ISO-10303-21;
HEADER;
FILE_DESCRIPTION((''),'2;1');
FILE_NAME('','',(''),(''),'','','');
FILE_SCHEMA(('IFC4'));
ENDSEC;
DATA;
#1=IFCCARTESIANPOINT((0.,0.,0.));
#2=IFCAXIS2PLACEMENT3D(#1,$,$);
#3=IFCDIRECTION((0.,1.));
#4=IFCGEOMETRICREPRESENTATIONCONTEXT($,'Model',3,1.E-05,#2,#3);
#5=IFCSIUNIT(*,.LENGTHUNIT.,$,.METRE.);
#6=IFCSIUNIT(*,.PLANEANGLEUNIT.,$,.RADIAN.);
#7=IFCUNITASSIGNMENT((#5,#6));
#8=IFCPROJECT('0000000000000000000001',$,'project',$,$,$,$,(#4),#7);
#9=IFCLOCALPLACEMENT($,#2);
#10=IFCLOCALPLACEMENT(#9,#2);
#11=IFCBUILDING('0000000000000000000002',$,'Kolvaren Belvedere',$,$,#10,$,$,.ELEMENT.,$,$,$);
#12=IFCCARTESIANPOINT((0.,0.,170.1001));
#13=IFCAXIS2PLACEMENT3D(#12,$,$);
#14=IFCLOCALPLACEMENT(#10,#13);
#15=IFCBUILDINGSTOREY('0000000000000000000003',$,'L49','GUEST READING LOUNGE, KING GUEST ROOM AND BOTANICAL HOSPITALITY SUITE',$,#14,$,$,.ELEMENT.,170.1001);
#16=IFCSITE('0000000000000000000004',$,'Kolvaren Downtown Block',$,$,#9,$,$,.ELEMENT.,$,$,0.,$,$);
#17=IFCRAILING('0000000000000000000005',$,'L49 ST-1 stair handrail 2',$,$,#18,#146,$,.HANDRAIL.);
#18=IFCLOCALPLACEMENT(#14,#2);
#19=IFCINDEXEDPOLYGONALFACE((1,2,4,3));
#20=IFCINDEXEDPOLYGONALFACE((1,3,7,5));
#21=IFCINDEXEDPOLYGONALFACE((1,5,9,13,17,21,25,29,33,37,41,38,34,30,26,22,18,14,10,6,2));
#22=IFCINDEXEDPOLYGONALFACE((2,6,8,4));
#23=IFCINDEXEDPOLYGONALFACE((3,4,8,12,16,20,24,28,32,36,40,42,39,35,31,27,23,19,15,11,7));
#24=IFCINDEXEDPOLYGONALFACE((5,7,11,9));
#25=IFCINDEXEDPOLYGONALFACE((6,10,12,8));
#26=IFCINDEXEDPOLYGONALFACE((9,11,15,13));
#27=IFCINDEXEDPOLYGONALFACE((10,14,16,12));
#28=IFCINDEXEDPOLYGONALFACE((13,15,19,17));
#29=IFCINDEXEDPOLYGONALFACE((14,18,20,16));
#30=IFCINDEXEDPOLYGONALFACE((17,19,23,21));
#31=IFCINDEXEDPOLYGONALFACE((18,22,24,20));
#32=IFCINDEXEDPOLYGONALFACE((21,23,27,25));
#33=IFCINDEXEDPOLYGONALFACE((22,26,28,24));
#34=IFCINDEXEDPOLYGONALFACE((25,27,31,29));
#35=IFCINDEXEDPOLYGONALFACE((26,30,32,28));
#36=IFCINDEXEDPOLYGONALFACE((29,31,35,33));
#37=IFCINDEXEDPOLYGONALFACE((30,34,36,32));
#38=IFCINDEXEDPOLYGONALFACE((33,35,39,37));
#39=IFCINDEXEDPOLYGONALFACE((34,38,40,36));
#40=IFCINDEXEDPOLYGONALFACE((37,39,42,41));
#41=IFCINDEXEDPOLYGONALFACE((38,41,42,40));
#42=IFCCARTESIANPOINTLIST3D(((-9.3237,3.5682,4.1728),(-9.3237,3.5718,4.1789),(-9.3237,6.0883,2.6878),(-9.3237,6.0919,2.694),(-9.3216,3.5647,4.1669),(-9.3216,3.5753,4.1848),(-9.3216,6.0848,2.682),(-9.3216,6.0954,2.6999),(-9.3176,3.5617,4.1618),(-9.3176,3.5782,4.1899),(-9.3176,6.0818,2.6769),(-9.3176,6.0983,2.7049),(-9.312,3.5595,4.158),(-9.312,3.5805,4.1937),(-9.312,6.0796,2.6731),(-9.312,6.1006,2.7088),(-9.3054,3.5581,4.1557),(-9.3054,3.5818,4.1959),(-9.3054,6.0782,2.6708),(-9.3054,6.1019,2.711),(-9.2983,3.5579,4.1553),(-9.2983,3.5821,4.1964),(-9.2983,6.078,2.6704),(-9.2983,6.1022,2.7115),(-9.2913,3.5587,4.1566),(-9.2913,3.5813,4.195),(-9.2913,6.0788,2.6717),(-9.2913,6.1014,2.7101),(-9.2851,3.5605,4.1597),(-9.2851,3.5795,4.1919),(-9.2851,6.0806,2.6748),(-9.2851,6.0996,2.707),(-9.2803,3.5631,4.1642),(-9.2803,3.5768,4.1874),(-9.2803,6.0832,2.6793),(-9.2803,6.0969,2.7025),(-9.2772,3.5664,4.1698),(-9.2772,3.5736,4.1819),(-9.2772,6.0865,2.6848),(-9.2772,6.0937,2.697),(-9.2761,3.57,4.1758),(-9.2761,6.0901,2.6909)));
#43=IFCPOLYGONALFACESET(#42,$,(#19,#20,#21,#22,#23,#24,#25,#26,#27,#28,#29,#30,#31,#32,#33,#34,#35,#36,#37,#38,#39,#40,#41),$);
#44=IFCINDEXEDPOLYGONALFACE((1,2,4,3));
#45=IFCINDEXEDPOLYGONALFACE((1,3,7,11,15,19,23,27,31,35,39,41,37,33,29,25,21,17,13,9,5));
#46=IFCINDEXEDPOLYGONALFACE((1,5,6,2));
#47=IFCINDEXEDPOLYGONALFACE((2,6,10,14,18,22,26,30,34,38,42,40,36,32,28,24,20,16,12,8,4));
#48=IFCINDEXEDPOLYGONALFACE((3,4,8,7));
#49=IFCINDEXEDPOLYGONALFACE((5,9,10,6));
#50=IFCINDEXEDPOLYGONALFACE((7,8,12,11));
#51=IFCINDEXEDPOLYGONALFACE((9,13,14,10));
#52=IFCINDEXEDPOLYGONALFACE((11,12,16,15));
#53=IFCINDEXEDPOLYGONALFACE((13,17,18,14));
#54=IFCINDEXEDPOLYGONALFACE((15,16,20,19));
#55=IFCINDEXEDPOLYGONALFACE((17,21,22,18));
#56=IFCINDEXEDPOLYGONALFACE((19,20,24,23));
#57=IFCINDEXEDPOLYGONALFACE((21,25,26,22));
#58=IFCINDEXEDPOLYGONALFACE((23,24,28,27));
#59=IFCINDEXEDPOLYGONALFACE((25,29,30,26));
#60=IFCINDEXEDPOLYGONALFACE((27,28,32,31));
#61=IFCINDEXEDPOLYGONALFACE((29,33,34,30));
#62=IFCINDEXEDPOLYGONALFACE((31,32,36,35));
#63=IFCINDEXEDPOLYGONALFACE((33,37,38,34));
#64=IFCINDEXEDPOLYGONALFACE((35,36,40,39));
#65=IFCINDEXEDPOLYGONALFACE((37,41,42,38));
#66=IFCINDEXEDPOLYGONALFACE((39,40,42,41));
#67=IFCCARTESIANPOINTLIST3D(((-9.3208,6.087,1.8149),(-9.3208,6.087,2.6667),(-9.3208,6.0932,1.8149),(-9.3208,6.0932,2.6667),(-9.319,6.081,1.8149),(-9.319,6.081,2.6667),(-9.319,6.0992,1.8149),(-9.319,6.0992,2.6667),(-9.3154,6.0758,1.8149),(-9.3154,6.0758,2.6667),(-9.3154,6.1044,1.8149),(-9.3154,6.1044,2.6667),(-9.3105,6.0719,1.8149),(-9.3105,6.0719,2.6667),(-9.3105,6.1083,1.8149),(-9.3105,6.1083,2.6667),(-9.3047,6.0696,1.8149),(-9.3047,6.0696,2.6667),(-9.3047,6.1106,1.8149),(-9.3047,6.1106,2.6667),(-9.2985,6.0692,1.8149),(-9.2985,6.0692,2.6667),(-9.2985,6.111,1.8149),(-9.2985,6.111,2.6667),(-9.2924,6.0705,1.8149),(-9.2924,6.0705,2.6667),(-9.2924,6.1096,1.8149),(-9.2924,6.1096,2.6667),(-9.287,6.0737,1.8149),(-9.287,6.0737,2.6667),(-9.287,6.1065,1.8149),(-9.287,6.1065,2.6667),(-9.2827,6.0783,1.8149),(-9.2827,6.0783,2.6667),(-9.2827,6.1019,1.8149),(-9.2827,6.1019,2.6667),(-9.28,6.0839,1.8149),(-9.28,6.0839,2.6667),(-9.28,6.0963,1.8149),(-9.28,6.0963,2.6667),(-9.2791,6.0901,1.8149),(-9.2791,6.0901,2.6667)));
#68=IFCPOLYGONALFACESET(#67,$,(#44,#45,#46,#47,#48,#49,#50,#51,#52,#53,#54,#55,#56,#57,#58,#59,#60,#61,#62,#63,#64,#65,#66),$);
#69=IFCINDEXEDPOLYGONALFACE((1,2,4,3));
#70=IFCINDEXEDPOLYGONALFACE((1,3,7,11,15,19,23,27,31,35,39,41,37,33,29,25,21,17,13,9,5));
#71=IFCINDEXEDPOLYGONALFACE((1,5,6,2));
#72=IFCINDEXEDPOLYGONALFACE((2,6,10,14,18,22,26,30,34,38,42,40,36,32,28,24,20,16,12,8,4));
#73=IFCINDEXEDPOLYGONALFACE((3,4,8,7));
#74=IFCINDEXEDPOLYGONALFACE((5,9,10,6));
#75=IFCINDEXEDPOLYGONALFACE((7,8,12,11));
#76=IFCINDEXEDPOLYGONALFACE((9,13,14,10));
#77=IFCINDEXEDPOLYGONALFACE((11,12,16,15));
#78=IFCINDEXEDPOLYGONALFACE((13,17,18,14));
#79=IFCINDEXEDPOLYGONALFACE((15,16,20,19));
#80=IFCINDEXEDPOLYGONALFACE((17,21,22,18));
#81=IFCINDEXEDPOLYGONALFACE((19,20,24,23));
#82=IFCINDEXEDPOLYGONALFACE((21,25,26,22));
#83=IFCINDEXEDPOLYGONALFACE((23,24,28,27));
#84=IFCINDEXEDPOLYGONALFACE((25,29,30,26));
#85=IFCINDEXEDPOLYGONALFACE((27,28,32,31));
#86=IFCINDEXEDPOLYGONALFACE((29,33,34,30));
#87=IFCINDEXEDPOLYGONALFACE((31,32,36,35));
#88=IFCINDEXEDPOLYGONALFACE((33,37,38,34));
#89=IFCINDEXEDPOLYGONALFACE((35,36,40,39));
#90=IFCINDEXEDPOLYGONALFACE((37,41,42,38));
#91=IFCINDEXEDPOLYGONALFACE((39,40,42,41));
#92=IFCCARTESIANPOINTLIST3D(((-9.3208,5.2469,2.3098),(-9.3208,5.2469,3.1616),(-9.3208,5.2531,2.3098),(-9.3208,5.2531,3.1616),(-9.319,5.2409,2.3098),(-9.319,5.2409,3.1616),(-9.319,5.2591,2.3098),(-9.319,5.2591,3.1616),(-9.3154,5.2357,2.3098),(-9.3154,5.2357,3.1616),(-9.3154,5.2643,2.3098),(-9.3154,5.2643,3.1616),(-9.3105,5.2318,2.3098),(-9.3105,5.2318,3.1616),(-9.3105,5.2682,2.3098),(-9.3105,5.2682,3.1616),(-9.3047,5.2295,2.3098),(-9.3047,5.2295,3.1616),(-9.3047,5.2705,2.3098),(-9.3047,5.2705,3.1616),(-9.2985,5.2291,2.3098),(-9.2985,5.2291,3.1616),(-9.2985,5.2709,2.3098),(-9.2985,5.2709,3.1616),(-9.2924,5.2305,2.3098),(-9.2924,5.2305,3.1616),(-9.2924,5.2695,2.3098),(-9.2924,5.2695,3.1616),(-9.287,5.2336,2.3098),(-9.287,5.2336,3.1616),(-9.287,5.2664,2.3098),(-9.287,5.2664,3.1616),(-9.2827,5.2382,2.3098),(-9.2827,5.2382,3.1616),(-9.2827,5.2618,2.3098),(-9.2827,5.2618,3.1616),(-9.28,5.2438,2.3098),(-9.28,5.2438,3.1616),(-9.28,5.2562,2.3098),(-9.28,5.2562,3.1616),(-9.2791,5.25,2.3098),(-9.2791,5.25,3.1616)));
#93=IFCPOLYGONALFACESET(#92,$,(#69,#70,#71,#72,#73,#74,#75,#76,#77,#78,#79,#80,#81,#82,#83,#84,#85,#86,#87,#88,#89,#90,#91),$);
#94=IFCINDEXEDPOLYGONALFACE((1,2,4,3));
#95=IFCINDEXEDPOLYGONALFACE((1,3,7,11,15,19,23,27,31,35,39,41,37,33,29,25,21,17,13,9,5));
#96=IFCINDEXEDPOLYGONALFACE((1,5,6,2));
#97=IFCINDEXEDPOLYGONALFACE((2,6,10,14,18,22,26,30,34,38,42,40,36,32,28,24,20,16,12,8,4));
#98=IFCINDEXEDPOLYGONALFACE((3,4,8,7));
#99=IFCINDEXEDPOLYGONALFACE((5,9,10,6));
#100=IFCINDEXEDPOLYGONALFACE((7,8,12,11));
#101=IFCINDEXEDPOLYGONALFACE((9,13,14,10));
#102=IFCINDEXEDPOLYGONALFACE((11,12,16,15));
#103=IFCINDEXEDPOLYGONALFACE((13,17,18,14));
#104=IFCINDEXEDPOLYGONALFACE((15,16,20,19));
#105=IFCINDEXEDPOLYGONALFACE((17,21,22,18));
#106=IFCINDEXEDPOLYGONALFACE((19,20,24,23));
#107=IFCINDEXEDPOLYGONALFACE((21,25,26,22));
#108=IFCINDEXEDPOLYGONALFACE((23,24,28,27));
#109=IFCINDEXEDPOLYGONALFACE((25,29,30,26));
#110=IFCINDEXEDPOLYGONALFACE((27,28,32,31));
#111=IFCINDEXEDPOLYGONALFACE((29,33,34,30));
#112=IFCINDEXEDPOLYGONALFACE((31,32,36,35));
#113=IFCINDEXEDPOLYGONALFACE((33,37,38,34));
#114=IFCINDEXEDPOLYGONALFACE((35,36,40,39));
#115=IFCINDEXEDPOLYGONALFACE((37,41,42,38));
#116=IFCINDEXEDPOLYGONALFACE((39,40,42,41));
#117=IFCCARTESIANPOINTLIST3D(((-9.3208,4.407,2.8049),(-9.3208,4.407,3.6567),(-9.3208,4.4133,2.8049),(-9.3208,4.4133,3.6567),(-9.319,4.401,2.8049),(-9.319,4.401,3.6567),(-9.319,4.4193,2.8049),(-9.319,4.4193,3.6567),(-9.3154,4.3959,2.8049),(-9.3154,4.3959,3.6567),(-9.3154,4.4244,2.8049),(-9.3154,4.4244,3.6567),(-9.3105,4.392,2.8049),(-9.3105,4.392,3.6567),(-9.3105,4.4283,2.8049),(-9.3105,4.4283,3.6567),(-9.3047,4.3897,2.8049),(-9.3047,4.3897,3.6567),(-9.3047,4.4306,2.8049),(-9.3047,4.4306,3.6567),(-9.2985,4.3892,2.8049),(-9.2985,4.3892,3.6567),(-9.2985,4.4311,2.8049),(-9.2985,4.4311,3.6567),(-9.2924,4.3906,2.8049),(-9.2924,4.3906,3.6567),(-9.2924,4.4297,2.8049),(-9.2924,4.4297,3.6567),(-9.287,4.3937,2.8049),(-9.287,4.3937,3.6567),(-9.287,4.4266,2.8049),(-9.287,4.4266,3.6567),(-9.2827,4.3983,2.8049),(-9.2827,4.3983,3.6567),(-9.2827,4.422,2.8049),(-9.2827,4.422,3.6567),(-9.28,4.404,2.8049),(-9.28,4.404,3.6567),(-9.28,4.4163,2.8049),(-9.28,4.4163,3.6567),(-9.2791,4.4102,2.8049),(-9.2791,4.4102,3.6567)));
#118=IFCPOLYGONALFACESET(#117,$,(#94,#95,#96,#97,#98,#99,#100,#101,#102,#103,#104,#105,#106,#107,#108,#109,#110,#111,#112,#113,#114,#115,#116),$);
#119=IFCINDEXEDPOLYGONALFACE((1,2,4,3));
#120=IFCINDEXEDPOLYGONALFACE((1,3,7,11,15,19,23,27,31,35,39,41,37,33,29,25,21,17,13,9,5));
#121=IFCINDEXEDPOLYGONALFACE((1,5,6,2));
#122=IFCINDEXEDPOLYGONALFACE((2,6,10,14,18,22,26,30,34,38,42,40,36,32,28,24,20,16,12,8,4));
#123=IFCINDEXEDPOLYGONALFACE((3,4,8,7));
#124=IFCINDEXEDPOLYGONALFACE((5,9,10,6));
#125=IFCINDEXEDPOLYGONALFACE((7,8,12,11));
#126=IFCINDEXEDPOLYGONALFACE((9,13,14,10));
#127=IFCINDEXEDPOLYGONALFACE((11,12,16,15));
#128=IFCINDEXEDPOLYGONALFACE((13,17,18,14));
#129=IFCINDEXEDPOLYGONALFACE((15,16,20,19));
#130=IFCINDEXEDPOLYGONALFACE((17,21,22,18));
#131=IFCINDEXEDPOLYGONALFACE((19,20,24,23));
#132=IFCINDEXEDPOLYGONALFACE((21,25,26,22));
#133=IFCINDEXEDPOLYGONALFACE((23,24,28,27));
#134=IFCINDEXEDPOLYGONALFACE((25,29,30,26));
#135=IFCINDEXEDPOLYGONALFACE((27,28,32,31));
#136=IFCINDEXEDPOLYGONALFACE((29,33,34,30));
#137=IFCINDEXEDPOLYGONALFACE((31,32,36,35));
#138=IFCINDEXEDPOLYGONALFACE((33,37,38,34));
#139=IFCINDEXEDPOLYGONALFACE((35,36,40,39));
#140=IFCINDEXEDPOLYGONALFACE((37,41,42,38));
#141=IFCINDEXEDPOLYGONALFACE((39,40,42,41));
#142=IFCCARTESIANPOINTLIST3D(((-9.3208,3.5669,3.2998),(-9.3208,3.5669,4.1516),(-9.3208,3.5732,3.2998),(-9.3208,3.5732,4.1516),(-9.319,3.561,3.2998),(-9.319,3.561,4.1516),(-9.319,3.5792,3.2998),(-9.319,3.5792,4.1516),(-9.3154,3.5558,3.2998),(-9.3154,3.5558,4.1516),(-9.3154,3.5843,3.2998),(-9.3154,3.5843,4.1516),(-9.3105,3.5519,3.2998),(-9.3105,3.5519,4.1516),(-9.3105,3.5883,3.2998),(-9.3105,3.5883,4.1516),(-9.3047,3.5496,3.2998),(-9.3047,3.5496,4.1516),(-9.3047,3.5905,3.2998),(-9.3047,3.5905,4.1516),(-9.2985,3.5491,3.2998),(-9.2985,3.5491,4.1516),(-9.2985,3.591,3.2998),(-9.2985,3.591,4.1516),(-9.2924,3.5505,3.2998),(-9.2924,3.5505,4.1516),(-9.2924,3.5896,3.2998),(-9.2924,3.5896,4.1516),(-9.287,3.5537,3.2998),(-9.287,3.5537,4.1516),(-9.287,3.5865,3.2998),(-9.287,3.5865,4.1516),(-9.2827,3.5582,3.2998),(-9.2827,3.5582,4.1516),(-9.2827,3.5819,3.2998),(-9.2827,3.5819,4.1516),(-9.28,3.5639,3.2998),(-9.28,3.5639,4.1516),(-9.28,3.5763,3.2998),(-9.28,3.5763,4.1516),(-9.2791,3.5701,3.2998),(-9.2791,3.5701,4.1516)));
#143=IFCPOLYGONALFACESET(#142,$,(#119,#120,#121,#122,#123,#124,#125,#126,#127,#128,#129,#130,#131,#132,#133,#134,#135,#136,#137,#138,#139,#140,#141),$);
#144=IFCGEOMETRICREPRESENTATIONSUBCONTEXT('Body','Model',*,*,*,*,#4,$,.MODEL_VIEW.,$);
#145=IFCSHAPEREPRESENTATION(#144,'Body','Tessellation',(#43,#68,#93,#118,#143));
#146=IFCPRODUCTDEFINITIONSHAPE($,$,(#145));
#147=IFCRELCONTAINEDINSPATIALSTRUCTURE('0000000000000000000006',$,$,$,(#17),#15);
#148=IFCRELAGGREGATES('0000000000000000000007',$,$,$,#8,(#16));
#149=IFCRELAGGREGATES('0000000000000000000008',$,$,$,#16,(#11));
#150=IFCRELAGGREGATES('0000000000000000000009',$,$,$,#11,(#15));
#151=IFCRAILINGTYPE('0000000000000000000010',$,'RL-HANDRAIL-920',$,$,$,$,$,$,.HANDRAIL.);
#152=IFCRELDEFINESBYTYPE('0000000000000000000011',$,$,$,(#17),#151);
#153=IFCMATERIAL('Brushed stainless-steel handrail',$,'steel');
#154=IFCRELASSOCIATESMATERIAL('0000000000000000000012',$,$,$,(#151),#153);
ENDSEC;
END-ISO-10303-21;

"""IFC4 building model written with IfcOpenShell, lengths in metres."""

from ifc_helpers import new_model, si_unit, direction, frame, origin, origin_2d, place, context, subcontext, project, spatial, circle, extrude, material, type_object, element, save


model = new_model("IFC4")

# Units and contexts
model_context = context("Model", 3, precision=1e-05, world=origin(), true_north=direction((0.0, 1.0)))
body_context = subcontext(model_context, "Body", "Model", "MODEL_VIEW")
ifc_project = project(units=[si_unit("LENGTHUNIT", "METRE"), si_unit("PLANEANGLEUNIT", "RADIAN")], contexts=[model_context])

# Site, building, storey
site_placement = place(None, origin())
site = spatial("IfcSite", under=ifc_project, at=site_placement, Name="Kolvaren Downtown Block", CompositionType="ELEMENT", RefElevation=0.0)
building_placement = place(site_placement, origin())
building = spatial("IfcBuilding", under=site, at=building_placement, Name="Kolvaren Belvedere", CompositionType="ELEMENT")
storey_placement = place(building_placement, frame((0.0, 0.0, 170.1001)))
storey = spatial("IfcBuildingStorey", under=building, at=storey_placement, Name="L49", Description="GUEST READING LOUNGE, KING GUEST ROOM AND BOTANICAL HOSPITALITY SUITE", CompositionType="ELEMENT", Elevation=170.1001)

# Railing
ifc_material_1 = material(Name="Brushed stainless-steel handrail", Category="steel")
railing_type_1 = type_object("IfcRailingType", Name="RL-HANDRAIL-920", PredefinedType="HANDRAIL", material=ifc_material_1)
railing_1_placement = place(storey_placement, frame((-9.3, 6.0901, 1.8149)))
element("IfcRailing", 1, at=railing_1_placement, inside=storey, type_object=railing_type_1, Name="L49 ST-1 stair handrail 2", PredefinedType="HANDRAIL", context=body_context, shape_type="SweptSolid", body=[
    extrude(circle(Radius=0.0239, at=origin_2d()), frame((0.0, 0.0, 0.876), z_axis=(0.0, -0.861561, 0.507655), x_axis=(1.0, 0.0, 0.0)), (0.0, 0.0, 1.0), 2.925),
    extrude(circle(Radius=0.021, at=origin_2d()), origin(), (0.0, 0.0, 1.0), 0.8518),
    extrude(circle(Radius=0.021, at=origin_2d()), frame((0.0, -0.8401, 0.4949)), (0.0, 0.0, 1.0), 0.8518),
    extrude(circle(Radius=0.021, at=origin_2d()), frame((0.0, -1.6799, 0.99)), (0.0, 0.0, 1.0), 0.8518),
    extrude(circle(Radius=0.021, at=origin_2d()), frame((0.0, -2.52, 1.4849)), (0.0, 0.0, 1.0), 0.8518),
])

save(model, "model.ifc")
